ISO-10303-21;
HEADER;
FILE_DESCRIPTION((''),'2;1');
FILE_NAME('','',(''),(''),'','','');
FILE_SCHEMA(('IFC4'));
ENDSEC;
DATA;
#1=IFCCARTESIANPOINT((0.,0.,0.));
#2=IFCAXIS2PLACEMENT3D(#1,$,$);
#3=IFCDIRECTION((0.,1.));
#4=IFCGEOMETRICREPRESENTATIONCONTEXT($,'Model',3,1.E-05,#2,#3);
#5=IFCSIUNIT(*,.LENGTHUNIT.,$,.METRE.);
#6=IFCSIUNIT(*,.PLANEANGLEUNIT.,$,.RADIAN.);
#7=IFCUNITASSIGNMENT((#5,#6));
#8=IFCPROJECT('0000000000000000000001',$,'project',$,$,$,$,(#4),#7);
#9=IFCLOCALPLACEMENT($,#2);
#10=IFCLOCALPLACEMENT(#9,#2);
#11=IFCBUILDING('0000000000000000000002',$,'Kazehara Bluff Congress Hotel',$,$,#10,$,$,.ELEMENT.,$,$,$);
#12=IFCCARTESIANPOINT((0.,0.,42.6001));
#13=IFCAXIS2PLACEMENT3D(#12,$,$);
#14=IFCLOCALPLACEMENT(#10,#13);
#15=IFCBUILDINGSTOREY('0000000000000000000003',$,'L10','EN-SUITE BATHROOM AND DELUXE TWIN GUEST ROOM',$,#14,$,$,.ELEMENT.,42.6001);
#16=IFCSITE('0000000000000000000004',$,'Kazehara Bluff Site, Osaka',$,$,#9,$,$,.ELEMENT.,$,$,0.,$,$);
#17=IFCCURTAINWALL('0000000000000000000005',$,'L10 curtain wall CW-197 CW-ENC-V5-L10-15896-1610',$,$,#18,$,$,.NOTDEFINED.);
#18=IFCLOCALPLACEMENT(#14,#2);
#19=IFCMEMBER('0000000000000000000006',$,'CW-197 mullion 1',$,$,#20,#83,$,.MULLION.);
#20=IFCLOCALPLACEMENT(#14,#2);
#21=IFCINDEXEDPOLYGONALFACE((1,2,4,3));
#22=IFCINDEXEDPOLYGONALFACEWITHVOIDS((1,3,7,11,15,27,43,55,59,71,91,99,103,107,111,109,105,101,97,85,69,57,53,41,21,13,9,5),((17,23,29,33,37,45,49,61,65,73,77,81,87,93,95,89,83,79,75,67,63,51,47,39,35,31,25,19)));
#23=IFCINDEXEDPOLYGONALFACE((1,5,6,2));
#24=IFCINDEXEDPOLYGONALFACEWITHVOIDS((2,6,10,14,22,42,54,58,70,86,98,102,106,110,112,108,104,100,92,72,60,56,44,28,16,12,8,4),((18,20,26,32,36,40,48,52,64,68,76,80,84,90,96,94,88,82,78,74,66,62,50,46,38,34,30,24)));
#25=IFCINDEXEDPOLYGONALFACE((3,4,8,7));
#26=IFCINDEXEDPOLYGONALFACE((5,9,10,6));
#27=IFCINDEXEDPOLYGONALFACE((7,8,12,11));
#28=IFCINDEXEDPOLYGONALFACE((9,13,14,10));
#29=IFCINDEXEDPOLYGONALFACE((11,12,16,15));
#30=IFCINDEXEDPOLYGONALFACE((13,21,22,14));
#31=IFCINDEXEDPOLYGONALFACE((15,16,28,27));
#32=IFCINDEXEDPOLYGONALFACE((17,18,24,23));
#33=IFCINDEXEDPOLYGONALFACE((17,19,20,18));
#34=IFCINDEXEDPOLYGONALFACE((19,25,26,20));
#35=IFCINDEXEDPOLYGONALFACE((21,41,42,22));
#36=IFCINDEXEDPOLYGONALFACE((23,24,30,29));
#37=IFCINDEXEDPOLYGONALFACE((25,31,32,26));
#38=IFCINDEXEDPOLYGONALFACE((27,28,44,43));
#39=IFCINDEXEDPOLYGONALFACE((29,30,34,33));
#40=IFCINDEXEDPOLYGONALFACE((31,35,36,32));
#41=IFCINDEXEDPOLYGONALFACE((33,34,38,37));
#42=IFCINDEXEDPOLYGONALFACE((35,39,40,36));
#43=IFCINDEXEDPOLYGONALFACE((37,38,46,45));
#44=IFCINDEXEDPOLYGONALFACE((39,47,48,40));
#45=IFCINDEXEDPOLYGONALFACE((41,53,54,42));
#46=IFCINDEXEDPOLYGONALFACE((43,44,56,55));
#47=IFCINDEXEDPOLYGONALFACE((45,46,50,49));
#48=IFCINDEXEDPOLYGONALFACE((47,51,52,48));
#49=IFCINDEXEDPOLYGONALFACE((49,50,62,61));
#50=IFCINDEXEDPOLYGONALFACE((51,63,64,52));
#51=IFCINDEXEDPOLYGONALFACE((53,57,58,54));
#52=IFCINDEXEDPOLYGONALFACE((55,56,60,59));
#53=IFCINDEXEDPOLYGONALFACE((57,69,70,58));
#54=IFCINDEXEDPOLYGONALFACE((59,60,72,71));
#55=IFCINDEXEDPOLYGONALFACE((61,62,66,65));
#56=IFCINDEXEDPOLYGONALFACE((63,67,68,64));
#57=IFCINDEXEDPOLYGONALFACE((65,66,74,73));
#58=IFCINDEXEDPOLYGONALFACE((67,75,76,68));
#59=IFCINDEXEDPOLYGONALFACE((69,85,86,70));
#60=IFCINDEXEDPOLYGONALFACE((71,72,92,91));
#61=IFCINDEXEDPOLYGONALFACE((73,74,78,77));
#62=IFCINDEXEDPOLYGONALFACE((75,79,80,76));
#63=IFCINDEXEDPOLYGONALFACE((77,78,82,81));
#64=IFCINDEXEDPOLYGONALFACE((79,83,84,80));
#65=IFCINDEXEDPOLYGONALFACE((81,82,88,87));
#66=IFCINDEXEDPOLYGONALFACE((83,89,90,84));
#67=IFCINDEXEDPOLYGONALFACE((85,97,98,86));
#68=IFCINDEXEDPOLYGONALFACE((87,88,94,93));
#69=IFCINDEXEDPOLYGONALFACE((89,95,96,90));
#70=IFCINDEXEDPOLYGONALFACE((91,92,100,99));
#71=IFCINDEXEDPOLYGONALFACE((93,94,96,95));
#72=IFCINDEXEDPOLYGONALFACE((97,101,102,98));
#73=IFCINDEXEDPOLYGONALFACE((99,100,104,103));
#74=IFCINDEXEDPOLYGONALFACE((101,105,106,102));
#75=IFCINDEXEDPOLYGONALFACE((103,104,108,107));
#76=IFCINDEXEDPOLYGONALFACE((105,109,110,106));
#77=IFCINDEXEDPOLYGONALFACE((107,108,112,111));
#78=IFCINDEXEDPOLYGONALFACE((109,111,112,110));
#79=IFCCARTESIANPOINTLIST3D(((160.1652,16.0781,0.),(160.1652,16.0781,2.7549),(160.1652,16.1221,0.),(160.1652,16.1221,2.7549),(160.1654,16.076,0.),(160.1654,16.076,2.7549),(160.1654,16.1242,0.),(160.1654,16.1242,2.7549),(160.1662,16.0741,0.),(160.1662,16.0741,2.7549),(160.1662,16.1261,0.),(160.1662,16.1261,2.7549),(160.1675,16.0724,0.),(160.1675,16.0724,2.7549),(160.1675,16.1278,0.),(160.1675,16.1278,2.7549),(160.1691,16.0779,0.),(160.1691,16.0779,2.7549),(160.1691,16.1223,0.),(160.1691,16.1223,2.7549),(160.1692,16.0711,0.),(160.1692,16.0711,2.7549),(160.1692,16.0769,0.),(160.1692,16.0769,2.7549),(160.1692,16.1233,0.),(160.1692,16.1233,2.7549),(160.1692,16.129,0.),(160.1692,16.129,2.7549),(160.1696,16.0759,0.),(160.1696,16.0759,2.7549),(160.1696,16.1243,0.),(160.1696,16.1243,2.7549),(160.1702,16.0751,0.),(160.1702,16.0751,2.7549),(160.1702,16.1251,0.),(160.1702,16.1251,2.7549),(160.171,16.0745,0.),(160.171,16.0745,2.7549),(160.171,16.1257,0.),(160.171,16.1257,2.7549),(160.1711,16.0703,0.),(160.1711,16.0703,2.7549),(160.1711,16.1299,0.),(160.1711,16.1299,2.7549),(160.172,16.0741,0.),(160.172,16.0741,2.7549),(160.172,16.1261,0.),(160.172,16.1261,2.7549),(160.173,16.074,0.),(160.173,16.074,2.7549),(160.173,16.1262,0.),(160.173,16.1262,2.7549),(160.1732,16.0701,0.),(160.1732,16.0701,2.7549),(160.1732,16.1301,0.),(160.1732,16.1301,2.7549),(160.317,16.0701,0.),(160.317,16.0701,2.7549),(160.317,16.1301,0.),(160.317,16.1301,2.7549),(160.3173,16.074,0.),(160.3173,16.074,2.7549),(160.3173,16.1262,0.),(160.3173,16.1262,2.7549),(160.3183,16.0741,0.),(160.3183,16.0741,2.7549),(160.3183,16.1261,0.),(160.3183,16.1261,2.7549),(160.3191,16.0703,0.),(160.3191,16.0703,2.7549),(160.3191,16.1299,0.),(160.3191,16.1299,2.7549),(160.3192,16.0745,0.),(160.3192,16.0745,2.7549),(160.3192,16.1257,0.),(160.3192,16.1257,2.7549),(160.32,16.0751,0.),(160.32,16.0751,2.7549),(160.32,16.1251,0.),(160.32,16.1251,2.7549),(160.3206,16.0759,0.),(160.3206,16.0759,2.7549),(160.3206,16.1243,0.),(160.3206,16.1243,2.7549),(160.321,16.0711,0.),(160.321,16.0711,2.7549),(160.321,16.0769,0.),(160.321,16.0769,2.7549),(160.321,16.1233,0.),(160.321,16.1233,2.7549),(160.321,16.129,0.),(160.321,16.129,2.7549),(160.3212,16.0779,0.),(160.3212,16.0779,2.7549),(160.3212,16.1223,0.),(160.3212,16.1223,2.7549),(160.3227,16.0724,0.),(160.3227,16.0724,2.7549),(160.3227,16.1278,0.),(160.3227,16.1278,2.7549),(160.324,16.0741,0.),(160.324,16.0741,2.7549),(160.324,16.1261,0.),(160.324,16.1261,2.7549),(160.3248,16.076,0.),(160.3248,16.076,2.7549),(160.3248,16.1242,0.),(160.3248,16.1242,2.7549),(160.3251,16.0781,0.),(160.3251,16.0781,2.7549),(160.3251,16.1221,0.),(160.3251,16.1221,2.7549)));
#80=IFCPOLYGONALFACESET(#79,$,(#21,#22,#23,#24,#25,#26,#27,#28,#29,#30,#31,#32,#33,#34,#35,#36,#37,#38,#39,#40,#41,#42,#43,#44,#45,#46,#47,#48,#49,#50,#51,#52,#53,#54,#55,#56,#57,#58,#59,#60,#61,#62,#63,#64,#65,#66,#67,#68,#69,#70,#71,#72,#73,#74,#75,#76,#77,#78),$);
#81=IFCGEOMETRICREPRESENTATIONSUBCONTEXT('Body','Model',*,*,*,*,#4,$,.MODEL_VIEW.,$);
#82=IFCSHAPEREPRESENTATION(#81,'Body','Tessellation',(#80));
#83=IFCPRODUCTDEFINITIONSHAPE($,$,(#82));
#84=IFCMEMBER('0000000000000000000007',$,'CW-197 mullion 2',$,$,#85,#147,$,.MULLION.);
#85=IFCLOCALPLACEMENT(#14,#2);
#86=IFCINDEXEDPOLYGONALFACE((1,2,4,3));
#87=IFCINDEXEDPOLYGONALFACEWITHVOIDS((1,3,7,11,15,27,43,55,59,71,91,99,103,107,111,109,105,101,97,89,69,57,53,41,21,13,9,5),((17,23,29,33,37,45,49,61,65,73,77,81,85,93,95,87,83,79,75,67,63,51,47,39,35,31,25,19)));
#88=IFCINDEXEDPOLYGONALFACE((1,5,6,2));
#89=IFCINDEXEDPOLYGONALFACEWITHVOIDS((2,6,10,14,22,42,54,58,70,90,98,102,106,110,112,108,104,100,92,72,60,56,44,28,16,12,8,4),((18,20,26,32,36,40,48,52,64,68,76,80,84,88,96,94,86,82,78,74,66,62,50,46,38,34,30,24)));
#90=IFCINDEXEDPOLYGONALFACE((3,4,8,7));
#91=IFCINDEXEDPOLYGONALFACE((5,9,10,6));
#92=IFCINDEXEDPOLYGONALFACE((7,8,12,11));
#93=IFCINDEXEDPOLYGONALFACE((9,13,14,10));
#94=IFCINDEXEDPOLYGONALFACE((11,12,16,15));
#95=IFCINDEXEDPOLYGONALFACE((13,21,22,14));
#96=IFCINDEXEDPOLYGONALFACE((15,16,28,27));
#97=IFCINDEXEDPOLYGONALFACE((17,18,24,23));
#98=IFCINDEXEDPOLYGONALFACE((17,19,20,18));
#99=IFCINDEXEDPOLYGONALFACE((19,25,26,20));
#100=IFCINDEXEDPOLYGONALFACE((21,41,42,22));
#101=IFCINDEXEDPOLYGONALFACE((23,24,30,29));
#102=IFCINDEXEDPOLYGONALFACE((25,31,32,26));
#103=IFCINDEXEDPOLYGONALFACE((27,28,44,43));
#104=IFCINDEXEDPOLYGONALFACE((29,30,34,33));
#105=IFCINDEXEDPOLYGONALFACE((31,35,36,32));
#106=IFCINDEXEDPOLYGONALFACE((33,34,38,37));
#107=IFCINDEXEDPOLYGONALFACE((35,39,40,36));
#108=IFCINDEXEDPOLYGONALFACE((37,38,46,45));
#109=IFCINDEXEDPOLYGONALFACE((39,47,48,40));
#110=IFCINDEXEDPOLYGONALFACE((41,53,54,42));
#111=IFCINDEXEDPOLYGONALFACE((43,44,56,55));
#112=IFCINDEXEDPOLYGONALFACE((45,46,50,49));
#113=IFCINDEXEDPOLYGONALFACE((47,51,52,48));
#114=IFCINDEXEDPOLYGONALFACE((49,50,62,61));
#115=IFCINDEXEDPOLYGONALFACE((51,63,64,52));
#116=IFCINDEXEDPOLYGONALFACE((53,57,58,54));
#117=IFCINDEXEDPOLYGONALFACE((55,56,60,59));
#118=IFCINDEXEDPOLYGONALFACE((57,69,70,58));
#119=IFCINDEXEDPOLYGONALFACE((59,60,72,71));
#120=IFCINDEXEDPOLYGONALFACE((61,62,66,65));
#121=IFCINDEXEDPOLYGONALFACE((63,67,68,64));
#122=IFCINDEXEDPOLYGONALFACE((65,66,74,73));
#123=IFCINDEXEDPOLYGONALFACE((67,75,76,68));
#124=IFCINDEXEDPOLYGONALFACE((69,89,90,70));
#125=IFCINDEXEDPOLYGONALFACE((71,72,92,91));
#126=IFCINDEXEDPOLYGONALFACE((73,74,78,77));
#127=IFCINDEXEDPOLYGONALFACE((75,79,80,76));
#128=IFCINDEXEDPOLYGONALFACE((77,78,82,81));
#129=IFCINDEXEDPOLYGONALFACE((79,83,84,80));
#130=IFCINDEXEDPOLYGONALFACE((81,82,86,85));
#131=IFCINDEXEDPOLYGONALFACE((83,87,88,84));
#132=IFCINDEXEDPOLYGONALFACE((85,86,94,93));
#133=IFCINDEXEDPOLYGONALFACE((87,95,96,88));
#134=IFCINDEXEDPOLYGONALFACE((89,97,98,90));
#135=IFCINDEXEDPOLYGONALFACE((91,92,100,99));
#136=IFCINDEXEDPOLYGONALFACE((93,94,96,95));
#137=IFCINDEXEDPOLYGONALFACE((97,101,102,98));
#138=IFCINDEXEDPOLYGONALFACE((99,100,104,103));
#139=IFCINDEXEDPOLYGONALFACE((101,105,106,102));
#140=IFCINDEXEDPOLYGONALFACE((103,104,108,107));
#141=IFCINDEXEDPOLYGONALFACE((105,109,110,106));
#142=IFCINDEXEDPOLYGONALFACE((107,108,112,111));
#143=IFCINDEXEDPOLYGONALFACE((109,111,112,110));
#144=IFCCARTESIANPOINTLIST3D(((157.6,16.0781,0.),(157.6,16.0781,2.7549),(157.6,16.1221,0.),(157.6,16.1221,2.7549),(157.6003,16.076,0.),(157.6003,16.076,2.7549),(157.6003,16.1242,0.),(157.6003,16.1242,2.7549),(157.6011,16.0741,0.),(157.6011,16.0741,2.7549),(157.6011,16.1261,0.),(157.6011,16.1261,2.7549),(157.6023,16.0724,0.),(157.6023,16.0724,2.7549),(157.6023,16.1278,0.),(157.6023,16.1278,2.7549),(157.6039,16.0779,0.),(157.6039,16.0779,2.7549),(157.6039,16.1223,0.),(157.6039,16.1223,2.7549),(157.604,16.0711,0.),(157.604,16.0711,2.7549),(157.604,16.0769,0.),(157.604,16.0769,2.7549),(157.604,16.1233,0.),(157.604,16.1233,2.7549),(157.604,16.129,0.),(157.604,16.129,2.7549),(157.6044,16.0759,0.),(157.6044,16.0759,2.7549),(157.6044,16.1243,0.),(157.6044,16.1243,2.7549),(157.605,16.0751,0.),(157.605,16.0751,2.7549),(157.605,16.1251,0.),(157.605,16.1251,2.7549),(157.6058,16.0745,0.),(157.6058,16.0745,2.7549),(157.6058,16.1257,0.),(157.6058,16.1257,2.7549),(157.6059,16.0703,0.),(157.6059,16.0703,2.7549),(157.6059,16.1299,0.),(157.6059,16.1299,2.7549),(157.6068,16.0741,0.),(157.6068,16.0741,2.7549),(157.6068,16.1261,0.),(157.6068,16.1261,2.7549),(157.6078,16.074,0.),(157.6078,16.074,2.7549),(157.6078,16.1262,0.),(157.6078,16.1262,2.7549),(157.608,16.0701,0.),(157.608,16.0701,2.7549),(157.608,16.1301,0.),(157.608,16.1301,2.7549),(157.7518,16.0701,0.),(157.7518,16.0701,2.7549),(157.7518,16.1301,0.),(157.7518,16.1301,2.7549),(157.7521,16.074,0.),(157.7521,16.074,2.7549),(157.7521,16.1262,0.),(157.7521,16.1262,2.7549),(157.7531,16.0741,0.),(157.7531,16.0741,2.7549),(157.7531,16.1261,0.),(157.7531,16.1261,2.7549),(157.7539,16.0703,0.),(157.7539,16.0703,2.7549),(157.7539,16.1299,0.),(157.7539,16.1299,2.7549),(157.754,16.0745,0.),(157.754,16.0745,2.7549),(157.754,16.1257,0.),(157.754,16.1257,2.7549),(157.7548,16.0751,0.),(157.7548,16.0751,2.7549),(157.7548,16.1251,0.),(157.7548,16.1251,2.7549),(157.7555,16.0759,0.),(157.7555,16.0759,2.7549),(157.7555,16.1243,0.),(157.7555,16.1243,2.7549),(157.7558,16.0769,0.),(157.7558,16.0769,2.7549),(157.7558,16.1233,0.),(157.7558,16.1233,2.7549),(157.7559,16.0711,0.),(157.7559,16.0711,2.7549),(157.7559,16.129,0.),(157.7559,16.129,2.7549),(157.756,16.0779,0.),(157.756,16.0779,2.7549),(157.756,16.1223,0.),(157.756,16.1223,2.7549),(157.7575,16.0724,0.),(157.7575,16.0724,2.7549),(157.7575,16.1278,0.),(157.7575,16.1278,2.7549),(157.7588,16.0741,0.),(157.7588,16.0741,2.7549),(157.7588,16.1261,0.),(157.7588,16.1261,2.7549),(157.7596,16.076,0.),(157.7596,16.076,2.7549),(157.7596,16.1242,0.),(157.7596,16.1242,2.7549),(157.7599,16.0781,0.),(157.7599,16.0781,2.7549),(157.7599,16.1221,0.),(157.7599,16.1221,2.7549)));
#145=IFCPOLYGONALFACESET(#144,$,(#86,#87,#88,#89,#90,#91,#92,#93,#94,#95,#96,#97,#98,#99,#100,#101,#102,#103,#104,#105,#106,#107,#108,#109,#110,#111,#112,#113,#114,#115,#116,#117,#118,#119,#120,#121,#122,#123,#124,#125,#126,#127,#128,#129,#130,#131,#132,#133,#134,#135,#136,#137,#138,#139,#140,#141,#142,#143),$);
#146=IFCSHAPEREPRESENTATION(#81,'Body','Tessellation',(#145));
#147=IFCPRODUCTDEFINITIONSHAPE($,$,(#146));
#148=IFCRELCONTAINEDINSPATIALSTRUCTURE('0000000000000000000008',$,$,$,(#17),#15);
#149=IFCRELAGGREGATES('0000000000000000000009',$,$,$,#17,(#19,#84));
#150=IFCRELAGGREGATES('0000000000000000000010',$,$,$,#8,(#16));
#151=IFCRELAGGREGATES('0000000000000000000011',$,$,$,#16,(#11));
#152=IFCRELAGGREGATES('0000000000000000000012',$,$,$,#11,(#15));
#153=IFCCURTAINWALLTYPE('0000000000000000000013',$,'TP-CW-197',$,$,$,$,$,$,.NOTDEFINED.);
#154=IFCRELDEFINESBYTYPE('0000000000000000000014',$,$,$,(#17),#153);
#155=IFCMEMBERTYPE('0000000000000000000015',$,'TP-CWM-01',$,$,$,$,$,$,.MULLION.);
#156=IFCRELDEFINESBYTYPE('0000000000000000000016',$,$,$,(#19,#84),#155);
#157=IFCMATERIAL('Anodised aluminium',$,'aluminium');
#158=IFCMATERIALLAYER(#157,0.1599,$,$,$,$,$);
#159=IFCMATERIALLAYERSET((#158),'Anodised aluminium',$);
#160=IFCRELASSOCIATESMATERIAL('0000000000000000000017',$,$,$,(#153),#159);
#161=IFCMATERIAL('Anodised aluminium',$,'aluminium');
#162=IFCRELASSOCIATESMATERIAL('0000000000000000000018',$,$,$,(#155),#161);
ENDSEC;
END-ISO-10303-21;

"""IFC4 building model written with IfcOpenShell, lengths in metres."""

from ifc_helpers import new_model, si_unit, direction, frame, origin, origin_2d, place, context, subcontext, project, spatial, hollow_rectangle, extrude, material, layer, layer_set, material_profile, profile_set, type_object, element, aggregate, save


model = new_model("IFC4")

# Units and contexts
model_context = context("Model", 3, precision=1e-05, world=origin(), true_north=direction((0.0, 1.0)))
body_context = subcontext(model_context, "Body", "Model", "MODEL_VIEW")
ifc_project = project(units=[si_unit("LENGTHUNIT", "METRE"), si_unit("PLANEANGLEUNIT", "RADIAN")], contexts=[model_context])

# Site, building, storey
site_placement = place(None, origin())
site = spatial("IfcSite", under=ifc_project, at=site_placement, Name="Kazehara Bluff Site, Osaka", CompositionType="ELEMENT", RefElevation=0.0)
building_placement = place(site_placement, origin())
building = spatial("IfcBuilding", under=site, at=building_placement, Name="Kazehara Bluff Congress Hotel", CompositionType="ELEMENT")
storey_placement = place(building_placement, frame((0.0, 0.0, 42.6001)))
storey = spatial("IfcBuildingStorey", under=building, at=storey_placement, Name="L10", Description="EN-SUITE BATHROOM AND DELUXE TWIN GUEST ROOM", CompositionType="ELEMENT", Elevation=42.6001)

# Curtain wall, members
ifc_material_1 = material(Name="Anodised aluminium", Category="aluminium")
ifc_layer_1 = layer(ifc_material_1, 0.1599)
ifc_layer_set_1 = layer_set([ifc_layer_1], Name="Anodised aluminium")
curtain_wall_type_1 = type_object("IfcCurtainWallType", Name="TP-CW-197", PredefinedType="NOTDEFINED", material=ifc_layer_set_1)
curtain_wall_1_placement = place(storey_placement, origin())
curtain_wall_1 = element("IfcCurtainWall", 1, at=curtain_wall_1_placement, inside=storey, type_object=curtain_wall_type_1, Name="L10 curtain wall CW-197 CW-ENC-V5-L10-15896-1610", PredefinedType="NOTDEFINED")
ifc_material_2 = material(Name="Anodised aluminium", Category="aluminium")
ifc_material_profile_1 = material_profile(ifc_material_2, hollow_rectangle(XDim=0.0601, YDim=0.1599, WallThickness=0.0039, InnerFilletRadius=0.0039, OuterFilletRadius=0.0081, at=origin_2d()))
ifc_profile_set_1 = profile_set([ifc_material_profile_1], Name="Anodised aluminium")
member_type_1 = type_object("IfcMemberType", Name="TP-CWM-01", PredefinedType="MULLION", material=ifc_profile_set_1)
member_1_placement = place(storey_placement, frame((160.2451, 16.1001, 0.0), z_axis=(0.0, 0.0, 1.0), x_axis=(0.0, -1.0, 0.0)))
member_1 = element("IfcMember", 2, at=member_1_placement, type_object=member_type_1, Name="CW-197 mullion 1", PredefinedType="MULLION", context=body_context, shape_type="SweptSolid", body=[
    extrude(hollow_rectangle(XDim=0.0601, YDim=0.1599, WallThickness=0.0039, InnerFilletRadius=0.0039, OuterFilletRadius=0.0081, at=origin_2d()), origin(), (0.0, 0.0, 1.0), 2.7549),
])
member_2_placement = place(storey_placement, frame((157.6799, 16.1001, 0.0), z_axis=(0.0, 0.0, 1.0), x_axis=(0.0, -1.0, 0.0)))
member_2 = element("IfcMember", 3, at=member_2_placement, type_object=member_type_1, Name="CW-197 mullion 2", PredefinedType="MULLION", context=body_context, shape_type="SweptSolid", body=[
    extrude(hollow_rectangle(XDim=0.0601, YDim=0.1599, WallThickness=0.0039, InnerFilletRadius=0.0039, OuterFilletRadius=0.0081, at=origin_2d()), origin(), (0.0, 0.0, 1.0), 2.7549),
])

aggregate(curtain_wall_1, [member_1, member_2])

save(model, "model.ifc")
